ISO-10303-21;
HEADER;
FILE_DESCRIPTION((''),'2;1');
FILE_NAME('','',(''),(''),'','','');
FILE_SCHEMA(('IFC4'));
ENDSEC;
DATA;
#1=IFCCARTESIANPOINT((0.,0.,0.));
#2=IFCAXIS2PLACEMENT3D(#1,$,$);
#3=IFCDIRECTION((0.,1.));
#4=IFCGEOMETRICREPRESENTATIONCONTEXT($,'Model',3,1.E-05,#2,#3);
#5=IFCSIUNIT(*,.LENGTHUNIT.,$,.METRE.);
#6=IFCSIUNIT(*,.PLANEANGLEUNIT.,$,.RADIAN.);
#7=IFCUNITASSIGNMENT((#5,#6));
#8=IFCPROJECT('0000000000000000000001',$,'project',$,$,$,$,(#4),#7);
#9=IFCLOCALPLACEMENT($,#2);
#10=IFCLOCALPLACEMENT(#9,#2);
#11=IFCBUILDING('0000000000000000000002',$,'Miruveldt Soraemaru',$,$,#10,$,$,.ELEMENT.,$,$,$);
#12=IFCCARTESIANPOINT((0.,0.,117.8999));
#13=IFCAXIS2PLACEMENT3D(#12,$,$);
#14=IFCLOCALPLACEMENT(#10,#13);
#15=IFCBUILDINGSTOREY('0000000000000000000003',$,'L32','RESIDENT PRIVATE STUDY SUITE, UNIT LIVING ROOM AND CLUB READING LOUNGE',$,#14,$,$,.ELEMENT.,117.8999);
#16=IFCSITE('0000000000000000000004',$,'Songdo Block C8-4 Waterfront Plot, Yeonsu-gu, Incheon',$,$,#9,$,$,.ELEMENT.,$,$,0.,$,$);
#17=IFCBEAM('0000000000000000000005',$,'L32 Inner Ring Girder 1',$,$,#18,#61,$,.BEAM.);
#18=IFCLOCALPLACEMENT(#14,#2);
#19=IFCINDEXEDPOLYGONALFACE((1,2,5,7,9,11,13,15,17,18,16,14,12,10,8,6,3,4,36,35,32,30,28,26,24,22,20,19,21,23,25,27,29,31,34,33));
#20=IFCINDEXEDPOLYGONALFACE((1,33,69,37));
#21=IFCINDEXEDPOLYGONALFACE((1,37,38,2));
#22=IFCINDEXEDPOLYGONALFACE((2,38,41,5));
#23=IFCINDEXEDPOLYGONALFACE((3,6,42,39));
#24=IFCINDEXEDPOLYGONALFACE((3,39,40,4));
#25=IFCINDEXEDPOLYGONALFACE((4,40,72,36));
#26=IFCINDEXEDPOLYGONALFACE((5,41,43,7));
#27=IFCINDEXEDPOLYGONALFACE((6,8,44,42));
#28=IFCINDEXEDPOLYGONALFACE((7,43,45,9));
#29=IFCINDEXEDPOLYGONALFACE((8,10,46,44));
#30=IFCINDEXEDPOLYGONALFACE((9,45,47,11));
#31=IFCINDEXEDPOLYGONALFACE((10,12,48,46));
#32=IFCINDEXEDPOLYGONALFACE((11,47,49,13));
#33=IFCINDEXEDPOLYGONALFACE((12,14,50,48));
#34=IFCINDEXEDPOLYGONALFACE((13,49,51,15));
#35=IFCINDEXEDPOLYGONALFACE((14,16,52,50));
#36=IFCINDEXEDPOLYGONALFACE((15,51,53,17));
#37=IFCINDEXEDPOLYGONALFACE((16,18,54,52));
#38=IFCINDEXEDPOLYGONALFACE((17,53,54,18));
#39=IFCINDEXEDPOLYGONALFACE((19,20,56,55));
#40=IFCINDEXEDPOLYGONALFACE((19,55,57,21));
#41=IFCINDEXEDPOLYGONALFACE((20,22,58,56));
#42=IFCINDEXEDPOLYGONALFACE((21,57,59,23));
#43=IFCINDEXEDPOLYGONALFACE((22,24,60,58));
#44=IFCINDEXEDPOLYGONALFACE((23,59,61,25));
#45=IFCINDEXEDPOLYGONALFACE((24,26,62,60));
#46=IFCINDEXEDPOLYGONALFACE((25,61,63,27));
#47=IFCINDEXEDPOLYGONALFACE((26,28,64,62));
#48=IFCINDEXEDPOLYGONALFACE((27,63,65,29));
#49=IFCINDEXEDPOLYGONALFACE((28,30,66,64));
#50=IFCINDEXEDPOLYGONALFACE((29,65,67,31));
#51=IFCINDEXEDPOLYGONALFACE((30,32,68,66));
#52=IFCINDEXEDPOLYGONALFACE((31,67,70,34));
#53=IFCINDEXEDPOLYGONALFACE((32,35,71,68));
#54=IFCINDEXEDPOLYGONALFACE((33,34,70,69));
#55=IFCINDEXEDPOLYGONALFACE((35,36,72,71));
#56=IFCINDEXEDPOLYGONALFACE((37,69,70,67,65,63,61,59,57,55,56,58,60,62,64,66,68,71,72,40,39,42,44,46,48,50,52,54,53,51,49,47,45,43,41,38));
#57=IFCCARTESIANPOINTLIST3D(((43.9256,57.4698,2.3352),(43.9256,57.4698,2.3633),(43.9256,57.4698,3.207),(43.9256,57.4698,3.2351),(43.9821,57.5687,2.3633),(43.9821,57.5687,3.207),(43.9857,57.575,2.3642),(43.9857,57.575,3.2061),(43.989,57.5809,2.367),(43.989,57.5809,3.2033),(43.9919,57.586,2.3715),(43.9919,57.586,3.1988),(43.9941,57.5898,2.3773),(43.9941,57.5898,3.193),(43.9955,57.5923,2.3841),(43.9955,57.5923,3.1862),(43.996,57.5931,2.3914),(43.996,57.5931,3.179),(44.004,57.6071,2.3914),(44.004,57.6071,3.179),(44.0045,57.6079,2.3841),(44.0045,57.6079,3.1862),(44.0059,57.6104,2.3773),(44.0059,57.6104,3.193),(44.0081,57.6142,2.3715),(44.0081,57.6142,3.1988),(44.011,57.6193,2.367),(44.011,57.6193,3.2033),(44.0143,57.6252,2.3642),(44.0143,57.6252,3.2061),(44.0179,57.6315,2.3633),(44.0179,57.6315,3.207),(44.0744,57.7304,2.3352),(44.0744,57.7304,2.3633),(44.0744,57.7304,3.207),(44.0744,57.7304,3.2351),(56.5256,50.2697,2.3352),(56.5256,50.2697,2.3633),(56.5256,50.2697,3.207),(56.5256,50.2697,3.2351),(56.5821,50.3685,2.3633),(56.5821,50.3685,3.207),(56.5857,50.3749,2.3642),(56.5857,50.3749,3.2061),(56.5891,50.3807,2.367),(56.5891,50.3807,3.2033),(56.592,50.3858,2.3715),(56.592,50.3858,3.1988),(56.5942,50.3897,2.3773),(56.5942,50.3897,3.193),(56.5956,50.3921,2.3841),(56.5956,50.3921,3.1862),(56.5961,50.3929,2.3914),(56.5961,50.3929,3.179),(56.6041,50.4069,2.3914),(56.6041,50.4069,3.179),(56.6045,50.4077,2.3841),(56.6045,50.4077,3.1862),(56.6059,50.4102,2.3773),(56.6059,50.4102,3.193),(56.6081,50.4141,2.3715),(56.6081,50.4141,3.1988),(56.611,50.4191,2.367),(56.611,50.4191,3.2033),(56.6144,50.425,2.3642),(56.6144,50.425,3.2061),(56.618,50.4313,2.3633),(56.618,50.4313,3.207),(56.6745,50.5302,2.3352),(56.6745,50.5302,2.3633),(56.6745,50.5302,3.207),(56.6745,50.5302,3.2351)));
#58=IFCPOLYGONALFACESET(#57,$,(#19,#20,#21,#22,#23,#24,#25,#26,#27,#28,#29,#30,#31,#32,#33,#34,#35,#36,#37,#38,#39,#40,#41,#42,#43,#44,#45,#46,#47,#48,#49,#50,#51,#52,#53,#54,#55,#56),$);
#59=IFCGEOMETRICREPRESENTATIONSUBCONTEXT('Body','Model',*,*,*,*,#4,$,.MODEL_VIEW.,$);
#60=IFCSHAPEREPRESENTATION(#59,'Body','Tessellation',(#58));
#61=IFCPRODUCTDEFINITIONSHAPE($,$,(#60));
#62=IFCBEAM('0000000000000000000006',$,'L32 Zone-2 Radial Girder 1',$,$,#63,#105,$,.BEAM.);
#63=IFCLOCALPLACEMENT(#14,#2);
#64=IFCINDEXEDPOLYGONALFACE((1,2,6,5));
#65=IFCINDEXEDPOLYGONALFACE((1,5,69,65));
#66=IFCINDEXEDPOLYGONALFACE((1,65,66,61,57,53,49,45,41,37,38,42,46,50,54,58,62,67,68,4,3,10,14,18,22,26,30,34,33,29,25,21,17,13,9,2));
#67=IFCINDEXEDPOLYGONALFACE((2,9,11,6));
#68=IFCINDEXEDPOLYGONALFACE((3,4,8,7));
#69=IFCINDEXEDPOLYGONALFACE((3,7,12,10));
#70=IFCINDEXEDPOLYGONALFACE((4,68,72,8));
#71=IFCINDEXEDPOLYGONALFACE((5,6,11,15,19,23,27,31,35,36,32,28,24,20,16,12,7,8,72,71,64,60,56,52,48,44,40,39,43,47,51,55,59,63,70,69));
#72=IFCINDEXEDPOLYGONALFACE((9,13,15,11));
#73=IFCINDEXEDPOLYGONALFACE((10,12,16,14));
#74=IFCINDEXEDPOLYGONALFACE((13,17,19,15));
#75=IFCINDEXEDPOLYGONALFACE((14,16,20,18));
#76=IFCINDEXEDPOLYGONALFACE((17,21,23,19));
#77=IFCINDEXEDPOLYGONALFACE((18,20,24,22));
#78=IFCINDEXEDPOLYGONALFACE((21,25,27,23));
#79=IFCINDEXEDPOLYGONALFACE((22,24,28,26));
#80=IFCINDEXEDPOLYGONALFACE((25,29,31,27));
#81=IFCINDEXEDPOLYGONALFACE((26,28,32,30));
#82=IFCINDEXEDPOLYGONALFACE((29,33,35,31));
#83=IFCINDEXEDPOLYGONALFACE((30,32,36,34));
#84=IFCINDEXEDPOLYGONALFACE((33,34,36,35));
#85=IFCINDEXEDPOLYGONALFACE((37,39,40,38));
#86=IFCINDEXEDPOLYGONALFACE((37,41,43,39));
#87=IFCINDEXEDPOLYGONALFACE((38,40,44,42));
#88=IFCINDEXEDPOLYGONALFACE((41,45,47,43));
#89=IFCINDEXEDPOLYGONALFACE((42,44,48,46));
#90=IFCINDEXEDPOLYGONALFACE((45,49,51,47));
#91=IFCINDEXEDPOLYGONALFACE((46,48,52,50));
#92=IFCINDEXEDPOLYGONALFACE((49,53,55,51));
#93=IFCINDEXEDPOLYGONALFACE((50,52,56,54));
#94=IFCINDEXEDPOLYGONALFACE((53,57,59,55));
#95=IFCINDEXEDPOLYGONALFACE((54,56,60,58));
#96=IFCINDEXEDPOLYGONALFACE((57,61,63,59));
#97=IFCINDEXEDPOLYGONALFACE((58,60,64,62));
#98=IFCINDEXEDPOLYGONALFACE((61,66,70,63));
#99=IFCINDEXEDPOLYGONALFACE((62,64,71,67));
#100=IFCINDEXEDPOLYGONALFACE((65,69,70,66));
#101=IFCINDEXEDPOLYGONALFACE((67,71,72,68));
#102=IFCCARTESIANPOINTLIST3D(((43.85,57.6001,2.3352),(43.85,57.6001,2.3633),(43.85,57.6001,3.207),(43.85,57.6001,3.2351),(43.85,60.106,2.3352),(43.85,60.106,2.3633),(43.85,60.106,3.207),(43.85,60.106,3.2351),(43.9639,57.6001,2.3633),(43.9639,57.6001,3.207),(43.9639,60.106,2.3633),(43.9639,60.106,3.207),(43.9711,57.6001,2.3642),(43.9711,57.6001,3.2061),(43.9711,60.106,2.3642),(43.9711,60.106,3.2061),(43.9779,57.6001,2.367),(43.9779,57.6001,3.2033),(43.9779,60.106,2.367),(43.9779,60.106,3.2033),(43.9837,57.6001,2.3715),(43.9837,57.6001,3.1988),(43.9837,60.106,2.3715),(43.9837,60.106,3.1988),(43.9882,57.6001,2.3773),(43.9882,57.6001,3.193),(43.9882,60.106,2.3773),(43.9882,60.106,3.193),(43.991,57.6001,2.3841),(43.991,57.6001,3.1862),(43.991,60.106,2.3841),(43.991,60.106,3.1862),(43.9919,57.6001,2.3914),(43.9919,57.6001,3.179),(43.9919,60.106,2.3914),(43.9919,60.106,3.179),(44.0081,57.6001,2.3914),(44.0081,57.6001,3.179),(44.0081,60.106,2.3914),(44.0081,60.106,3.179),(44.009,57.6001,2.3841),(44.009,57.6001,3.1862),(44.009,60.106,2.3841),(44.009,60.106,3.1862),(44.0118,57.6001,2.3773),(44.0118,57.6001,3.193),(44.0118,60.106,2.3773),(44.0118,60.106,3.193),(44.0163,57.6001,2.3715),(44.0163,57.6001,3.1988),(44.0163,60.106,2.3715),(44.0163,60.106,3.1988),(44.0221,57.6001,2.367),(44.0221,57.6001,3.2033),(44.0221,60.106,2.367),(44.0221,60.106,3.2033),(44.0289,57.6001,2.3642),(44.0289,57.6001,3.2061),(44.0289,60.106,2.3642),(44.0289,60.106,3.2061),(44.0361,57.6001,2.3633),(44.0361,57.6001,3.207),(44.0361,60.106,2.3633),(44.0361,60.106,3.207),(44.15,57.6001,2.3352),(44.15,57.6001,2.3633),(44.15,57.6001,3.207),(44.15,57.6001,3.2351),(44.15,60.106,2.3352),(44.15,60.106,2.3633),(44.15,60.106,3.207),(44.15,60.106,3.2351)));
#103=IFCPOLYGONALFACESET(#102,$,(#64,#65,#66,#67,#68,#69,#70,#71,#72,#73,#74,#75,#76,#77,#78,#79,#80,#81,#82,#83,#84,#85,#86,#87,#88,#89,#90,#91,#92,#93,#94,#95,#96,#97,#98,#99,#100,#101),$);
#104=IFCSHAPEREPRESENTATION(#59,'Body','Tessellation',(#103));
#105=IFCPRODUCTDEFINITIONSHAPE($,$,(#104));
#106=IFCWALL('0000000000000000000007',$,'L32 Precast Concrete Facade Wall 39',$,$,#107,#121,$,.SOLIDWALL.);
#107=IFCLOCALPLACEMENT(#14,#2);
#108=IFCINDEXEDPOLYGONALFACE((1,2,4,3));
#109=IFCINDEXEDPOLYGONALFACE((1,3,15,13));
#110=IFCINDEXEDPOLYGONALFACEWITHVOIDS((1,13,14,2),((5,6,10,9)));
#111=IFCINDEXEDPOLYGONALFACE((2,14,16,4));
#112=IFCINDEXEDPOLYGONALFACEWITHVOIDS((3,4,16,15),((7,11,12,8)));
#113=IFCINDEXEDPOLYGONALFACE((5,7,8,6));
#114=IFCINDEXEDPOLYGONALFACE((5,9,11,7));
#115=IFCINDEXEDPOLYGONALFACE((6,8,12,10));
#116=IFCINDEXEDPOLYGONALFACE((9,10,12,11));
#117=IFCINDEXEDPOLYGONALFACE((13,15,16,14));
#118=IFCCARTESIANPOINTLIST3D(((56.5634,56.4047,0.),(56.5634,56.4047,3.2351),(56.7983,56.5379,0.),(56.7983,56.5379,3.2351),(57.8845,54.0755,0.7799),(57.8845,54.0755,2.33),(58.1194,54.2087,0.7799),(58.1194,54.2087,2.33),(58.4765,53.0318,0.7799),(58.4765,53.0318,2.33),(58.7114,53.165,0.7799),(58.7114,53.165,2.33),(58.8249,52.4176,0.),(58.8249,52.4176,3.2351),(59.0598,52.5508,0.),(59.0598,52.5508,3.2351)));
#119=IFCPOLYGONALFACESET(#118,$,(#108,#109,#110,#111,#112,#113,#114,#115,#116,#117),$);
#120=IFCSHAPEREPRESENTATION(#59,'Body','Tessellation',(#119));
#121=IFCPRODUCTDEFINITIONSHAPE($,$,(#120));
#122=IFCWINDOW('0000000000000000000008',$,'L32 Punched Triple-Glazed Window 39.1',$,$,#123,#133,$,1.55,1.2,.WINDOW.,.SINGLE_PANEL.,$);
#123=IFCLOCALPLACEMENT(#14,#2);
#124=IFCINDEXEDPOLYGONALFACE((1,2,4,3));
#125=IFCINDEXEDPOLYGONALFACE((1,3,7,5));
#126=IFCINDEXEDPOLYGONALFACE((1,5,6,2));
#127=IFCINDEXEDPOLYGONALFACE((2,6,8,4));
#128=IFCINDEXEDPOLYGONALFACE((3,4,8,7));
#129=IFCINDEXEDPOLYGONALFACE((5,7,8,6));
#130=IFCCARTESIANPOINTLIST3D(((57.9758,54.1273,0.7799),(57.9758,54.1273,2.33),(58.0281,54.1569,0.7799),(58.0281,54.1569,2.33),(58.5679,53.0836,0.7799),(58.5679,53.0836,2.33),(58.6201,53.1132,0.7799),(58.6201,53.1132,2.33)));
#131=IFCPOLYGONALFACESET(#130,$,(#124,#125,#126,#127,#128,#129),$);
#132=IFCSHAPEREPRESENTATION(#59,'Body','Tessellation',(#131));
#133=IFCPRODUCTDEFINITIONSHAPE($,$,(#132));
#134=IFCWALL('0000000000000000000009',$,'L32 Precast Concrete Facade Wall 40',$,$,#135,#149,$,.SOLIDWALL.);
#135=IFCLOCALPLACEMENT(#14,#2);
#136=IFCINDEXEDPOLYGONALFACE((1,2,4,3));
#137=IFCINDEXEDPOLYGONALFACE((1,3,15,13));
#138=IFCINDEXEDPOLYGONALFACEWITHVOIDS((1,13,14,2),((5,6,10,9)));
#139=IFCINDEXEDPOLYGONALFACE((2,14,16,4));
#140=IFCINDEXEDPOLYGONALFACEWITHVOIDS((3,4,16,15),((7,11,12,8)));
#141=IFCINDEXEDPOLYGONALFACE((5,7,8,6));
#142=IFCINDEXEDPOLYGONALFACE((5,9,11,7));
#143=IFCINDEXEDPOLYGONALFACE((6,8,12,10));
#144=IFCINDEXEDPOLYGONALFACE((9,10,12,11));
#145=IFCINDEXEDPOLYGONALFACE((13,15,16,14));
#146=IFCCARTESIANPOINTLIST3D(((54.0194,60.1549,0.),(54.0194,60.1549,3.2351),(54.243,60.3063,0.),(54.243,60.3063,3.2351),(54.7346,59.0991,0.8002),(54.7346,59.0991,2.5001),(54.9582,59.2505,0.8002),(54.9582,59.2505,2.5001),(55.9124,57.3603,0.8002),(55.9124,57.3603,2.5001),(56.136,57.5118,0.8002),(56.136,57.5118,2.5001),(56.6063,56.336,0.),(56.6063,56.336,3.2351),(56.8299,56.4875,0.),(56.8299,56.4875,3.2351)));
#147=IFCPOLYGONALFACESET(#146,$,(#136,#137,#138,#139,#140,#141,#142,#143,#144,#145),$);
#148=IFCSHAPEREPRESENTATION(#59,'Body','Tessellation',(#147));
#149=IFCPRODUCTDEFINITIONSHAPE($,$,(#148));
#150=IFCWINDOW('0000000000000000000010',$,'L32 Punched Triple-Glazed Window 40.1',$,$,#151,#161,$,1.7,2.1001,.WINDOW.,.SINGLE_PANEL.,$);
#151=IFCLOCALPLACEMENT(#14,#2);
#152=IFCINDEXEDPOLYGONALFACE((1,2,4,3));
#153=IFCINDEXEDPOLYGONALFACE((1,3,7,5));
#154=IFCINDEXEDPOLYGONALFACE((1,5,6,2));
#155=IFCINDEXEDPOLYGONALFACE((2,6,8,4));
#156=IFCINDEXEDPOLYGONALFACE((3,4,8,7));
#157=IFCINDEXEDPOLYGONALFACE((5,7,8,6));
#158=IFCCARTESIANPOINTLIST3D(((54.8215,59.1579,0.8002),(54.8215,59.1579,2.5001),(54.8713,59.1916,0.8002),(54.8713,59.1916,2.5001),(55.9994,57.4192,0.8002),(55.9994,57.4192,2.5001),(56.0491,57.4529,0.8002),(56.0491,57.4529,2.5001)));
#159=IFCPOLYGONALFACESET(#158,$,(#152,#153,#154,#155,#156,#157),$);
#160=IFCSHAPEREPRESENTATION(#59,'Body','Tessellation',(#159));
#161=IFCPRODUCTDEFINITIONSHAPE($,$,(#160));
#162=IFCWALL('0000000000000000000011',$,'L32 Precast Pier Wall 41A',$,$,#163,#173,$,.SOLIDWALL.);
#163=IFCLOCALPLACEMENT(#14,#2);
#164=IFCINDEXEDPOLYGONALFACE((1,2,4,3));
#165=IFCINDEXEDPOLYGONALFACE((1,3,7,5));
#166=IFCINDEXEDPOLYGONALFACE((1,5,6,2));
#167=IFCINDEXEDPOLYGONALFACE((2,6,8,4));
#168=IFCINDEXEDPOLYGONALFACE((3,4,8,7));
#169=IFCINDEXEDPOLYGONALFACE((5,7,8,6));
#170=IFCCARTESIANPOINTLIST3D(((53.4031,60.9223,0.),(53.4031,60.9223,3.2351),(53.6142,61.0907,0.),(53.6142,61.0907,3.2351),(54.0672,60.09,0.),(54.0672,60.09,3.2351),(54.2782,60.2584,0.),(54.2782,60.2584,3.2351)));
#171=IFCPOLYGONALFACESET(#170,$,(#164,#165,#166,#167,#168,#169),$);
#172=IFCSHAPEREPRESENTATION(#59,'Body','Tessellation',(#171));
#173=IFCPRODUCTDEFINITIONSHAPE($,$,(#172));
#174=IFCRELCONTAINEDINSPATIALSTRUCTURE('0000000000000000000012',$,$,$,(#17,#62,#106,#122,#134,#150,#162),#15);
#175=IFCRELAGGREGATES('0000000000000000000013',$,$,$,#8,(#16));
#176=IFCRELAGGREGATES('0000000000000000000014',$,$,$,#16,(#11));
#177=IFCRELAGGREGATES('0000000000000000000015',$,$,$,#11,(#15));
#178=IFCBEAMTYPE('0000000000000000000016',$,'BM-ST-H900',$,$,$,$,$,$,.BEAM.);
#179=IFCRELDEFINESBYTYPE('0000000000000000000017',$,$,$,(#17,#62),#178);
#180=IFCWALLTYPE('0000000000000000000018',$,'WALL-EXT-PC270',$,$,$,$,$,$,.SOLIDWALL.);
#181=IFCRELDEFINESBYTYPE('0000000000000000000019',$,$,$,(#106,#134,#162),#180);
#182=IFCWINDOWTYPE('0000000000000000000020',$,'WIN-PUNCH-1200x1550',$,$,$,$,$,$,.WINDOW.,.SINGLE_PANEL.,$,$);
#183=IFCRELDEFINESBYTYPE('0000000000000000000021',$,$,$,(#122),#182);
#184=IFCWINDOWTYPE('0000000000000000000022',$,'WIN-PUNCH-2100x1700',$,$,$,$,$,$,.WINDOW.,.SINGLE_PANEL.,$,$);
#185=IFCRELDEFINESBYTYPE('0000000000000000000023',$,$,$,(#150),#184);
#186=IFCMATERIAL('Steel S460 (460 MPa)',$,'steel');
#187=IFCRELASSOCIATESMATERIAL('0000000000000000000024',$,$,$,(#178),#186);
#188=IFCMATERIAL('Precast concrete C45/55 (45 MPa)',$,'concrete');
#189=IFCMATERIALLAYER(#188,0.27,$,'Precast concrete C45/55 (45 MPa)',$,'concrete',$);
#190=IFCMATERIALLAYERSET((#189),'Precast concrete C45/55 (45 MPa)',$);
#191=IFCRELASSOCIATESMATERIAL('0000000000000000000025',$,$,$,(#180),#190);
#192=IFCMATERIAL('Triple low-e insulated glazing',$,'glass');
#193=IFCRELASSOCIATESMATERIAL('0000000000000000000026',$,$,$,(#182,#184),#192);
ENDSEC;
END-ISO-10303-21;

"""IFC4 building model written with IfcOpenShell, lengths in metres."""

from ifc_helpers import new_model, si_unit, direction, frame, frame_2d, origin, origin_2d, place, context, subcontext, project, spatial, rectangle, i_section, extrude, material, layer, layer_set, material_profile, profile_set, type_object, element, fill, save


model = new_model("IFC4")

# Units and contexts
model_context = context("Model", 3, precision=1e-05, world=origin(), true_north=direction((0.0, 1.0)))
body_context = subcontext(model_context, "Body", "Model", "MODEL_VIEW")
ifc_project = project(units=[si_unit("LENGTHUNIT", "METRE"), si_unit("PLANEANGLEUNIT", "RADIAN")], contexts=[model_context])

# Site, building, storey
site_placement = place(None, origin())
site = spatial("IfcSite", under=ifc_project, at=site_placement, Name="Songdo Block C8-4 Waterfront Plot, Yeonsu-gu, Incheon", CompositionType="ELEMENT", RefElevation=0.0)
building_placement = place(site_placement, origin())
building = spatial("IfcBuilding", under=site, at=building_placement, Name="Miruveldt Soraemaru", CompositionType="ELEMENT")
storey_placement = place(building_placement, frame((0.0, 0.0, 117.8999)))
storey = spatial("IfcBuildingStorey", under=building, at=storey_placement, Name="L32", Description="RESIDENT PRIVATE STUDY SUITE, UNIT LIVING ROOM AND CLUB READING LOUNGE", CompositionType="ELEMENT", Elevation=117.8999)

# Beams
ifc_material_1 = material(Name="Steel S460 (460 MPa)", Category="steel")
ifc_material_profile_1 = material_profile(ifc_material_1, i_section(OverallWidth=0.3, OverallDepth=0.8999, WebThickness=0.0161, FlangeThickness=0.0281, FilletRadius=0.0281, at=origin_2d()), Name="Steel S460 (460 MPa)", Category="steel")
ifc_profile_set_1 = profile_set([ifc_material_profile_1], Name="Steel S460 (460 MPa)")
beam_type_1 = type_object("IfcBeamType", Name="BM-ST-H900", PredefinedType="BEAM", material=ifc_profile_set_1)
beam_1_placement = place(storey_placement, frame((44.0, 57.6001, 2.7852), z_axis=(0.868239, -0.496146, 0.0), x_axis=(0.496146, 0.868239, 0.0)))
element("IfcBeam", 1, at=beam_1_placement, inside=storey, type_object=beam_type_1, Name="L32 Inner Ring Girder 1", PredefinedType="BEAM", context=body_context, shape_type="SweptSolid", body=[
    extrude(i_section(OverallWidth=0.3, OverallDepth=0.8999, WebThickness=0.0161, FlangeThickness=0.0281, FilletRadius=0.0281, at=origin_2d()), origin(), (0.0, 0.0, 1.0), 14.5122),
])
beam_2_placement = place(storey_placement, frame((44.0, 57.6001, 2.7852), z_axis=(0.0, 1.0, 0.0), x_axis=(-1.0, 0.0, 0.0)))
element("IfcBeam", 2, at=beam_2_placement, inside=storey, type_object=beam_type_1, Name="L32 Zone-2 Radial Girder 1", PredefinedType="BEAM", context=body_context, shape_type="SweptSolid", body=[
    extrude(i_section(OverallWidth=0.3, OverallDepth=0.8999, WebThickness=0.0161, FlangeThickness=0.0281, FilletRadius=0.0281, at=origin_2d()), origin(), (0.0, 0.0, 1.0), 2.5059),
])

# Walls, openings, windows
ifc_material_2 = material(Name="Precast concrete C45/55 (45 MPa)", Category="concrete")
ifc_layer_1 = layer(ifc_material_2, 0.27, Name="Precast concrete C45/55 (45 MPa)", Category="concrete")
ifc_layer_set_1 = layer_set([ifc_layer_1], Name="Precast concrete C45/55 (45 MPa)")
wall_type_1 = type_object("IfcWallType", Name="WALL-EXT-PC270", PredefinedType="SOLIDWALL", material=ifc_layer_set_1)
wall_1_placement = place(storey_placement, frame((58.9424, 52.4841, 0.0), z_axis=(0.0, 0.0, 1.0), x_axis=(-0.493366, 0.869822, 0.0)))
wall_1 = element("IfcWall", 3, at=wall_1_placement, inside=storey, type_object=wall_type_1, Name="L32 Precast Concrete Facade Wall 39", PredefinedType="SOLIDWALL", context=body_context, shape_type="SweptSolid", body=[
    extrude(rectangle(XDim=4.5837, YDim=0.27, at=frame_2d((2.292, 0.0))), origin(), (0.0, 0.0, 1.0), 3.2351),
])
opening_1_placement = place(wall_1_placement, frame((0.7061, 0.0, 0.78)))
opening_1 = element("IfcOpeningElement", 4, at=opening_1_placement, cuts=wall_1, PredefinedType="OPENING", context=body_context, shape_type="SweptSolid", body=[
    extrude(rectangle(XDim=1.2, YDim=1.55, at=frame_2d((0.6001, 0.7749))), frame((0.0, 0.145, 0.0), z_axis=(0.0, -1.0, 0.0), x_axis=(1.0, 0.0, 0.0)), (0.0, 0.0, 1.0), 0.29),
])
ifc_material_3 = material(Name="Triple low-e insulated glazing", Category="glass")
window_type_1 = type_object("IfcWindowType", Name="WIN-PUNCH-1200x1550", PartitioningType="SINGLE_PANEL", PredefinedType="WINDOW", material=ifc_material_3)
window_1_placement = place(opening_1_placement, origin())
window_1 = element("IfcWindow", 5, at=window_1_placement, inside=storey, type_object=window_type_1, Name="L32 Punched Triple-Glazed Window 39.1", OverallHeight=1.55, OverallWidth=1.2, PartitioningType="SINGLE_PANEL", PredefinedType="WINDOW", context=body_context, shape_type="SweptSolid", body=[
    extrude(rectangle(XDim=1.2, YDim=1.55, at=frame_2d((0.6001, 0.7749))), frame((0.0, 0.03, 0.0), z_axis=(0.0, -1.0, 0.0), x_axis=(1.0, 0.0, 0.0)), (0.0, 0.0, 1.0), 0.0601),
])
fill(opening_1, window_1)
wall_2_placement = place(storey_placement, frame((56.718, 56.4119, 0.0), z_axis=(0.0, 0.0, 1.0), x_axis=(-0.560841, 0.827923, 0.0)))
wall_2 = element("IfcWall", 6, at=wall_2_placement, inside=storey, type_object=wall_type_1, Name="L32 Precast Concrete Facade Wall 40", PredefinedType="SOLIDWALL", context=body_context, shape_type="SweptSolid", body=[
    extrude(rectangle(XDim=4.6125, YDim=0.27, at=frame_2d((2.3062, 0.0))), origin(), (0.0, 0.0, 1.0), 3.2351),
])
opening_2_placement = place(wall_2_placement, frame((1.2371, 0.0, 0.8)))
opening_2 = element("IfcOpeningElement", 7, at=opening_2_placement, cuts=wall_2, PredefinedType="OPENING", context=body_context, shape_type="SweptSolid", body=[
    extrude(rectangle(XDim=2.1001, YDim=1.7, at=frame_2d((1.05, 0.8501))), frame((0.0, 0.145, 0.0), z_axis=(0.0, -1.0, 0.0), x_axis=(1.0, 0.0, 0.0)), (0.0, 0.0, 1.0), 0.29),
])
window_type_2 = type_object("IfcWindowType", Name="WIN-PUNCH-2100x1700", PartitioningType="SINGLE_PANEL", PredefinedType="WINDOW", material=ifc_material_3)
window_2_placement = place(opening_2_placement, origin())
window_2 = element("IfcWindow", 8, at=window_2_placement, inside=storey, type_object=window_type_2, Name="L32 Punched Triple-Glazed Window 40.1", OverallHeight=1.7, OverallWidth=2.1001, PartitioningType="SINGLE_PANEL", PredefinedType="WINDOW", context=body_context, shape_type="SweptSolid", body=[
    extrude(rectangle(XDim=2.1001, YDim=1.7, at=frame_2d((1.05, 0.8501))), frame((0.0, 0.03, 0.0), z_axis=(0.0, -1.0, 0.0), x_axis=(1.0, 0.0, 0.0)), (0.0, 0.0, 1.0), 0.0601),
])
fill(opening_2, window_2)

# Wall
wall_3_placement = place(storey_placement, frame((54.1726, 60.1743, 0.0), z_axis=(0.0, 0.0, 1.0), x_axis=(-0.623688, 0.781673, 0.0)))
element("IfcWall", 9, at=wall_3_placement, inside=storey, type_object=wall_type_1, Name="L32 Precast Pier Wall 41A", PredefinedType="SOLIDWALL", context=body_context, shape_type="SweptSolid", body=[
    extrude(rectangle(XDim=1.0647, YDim=0.27, at=frame_2d((0.5322, 0.0))), origin(), (0.0, 0.0, 1.0), 3.2351),
])

save(model, "model.ifc")
